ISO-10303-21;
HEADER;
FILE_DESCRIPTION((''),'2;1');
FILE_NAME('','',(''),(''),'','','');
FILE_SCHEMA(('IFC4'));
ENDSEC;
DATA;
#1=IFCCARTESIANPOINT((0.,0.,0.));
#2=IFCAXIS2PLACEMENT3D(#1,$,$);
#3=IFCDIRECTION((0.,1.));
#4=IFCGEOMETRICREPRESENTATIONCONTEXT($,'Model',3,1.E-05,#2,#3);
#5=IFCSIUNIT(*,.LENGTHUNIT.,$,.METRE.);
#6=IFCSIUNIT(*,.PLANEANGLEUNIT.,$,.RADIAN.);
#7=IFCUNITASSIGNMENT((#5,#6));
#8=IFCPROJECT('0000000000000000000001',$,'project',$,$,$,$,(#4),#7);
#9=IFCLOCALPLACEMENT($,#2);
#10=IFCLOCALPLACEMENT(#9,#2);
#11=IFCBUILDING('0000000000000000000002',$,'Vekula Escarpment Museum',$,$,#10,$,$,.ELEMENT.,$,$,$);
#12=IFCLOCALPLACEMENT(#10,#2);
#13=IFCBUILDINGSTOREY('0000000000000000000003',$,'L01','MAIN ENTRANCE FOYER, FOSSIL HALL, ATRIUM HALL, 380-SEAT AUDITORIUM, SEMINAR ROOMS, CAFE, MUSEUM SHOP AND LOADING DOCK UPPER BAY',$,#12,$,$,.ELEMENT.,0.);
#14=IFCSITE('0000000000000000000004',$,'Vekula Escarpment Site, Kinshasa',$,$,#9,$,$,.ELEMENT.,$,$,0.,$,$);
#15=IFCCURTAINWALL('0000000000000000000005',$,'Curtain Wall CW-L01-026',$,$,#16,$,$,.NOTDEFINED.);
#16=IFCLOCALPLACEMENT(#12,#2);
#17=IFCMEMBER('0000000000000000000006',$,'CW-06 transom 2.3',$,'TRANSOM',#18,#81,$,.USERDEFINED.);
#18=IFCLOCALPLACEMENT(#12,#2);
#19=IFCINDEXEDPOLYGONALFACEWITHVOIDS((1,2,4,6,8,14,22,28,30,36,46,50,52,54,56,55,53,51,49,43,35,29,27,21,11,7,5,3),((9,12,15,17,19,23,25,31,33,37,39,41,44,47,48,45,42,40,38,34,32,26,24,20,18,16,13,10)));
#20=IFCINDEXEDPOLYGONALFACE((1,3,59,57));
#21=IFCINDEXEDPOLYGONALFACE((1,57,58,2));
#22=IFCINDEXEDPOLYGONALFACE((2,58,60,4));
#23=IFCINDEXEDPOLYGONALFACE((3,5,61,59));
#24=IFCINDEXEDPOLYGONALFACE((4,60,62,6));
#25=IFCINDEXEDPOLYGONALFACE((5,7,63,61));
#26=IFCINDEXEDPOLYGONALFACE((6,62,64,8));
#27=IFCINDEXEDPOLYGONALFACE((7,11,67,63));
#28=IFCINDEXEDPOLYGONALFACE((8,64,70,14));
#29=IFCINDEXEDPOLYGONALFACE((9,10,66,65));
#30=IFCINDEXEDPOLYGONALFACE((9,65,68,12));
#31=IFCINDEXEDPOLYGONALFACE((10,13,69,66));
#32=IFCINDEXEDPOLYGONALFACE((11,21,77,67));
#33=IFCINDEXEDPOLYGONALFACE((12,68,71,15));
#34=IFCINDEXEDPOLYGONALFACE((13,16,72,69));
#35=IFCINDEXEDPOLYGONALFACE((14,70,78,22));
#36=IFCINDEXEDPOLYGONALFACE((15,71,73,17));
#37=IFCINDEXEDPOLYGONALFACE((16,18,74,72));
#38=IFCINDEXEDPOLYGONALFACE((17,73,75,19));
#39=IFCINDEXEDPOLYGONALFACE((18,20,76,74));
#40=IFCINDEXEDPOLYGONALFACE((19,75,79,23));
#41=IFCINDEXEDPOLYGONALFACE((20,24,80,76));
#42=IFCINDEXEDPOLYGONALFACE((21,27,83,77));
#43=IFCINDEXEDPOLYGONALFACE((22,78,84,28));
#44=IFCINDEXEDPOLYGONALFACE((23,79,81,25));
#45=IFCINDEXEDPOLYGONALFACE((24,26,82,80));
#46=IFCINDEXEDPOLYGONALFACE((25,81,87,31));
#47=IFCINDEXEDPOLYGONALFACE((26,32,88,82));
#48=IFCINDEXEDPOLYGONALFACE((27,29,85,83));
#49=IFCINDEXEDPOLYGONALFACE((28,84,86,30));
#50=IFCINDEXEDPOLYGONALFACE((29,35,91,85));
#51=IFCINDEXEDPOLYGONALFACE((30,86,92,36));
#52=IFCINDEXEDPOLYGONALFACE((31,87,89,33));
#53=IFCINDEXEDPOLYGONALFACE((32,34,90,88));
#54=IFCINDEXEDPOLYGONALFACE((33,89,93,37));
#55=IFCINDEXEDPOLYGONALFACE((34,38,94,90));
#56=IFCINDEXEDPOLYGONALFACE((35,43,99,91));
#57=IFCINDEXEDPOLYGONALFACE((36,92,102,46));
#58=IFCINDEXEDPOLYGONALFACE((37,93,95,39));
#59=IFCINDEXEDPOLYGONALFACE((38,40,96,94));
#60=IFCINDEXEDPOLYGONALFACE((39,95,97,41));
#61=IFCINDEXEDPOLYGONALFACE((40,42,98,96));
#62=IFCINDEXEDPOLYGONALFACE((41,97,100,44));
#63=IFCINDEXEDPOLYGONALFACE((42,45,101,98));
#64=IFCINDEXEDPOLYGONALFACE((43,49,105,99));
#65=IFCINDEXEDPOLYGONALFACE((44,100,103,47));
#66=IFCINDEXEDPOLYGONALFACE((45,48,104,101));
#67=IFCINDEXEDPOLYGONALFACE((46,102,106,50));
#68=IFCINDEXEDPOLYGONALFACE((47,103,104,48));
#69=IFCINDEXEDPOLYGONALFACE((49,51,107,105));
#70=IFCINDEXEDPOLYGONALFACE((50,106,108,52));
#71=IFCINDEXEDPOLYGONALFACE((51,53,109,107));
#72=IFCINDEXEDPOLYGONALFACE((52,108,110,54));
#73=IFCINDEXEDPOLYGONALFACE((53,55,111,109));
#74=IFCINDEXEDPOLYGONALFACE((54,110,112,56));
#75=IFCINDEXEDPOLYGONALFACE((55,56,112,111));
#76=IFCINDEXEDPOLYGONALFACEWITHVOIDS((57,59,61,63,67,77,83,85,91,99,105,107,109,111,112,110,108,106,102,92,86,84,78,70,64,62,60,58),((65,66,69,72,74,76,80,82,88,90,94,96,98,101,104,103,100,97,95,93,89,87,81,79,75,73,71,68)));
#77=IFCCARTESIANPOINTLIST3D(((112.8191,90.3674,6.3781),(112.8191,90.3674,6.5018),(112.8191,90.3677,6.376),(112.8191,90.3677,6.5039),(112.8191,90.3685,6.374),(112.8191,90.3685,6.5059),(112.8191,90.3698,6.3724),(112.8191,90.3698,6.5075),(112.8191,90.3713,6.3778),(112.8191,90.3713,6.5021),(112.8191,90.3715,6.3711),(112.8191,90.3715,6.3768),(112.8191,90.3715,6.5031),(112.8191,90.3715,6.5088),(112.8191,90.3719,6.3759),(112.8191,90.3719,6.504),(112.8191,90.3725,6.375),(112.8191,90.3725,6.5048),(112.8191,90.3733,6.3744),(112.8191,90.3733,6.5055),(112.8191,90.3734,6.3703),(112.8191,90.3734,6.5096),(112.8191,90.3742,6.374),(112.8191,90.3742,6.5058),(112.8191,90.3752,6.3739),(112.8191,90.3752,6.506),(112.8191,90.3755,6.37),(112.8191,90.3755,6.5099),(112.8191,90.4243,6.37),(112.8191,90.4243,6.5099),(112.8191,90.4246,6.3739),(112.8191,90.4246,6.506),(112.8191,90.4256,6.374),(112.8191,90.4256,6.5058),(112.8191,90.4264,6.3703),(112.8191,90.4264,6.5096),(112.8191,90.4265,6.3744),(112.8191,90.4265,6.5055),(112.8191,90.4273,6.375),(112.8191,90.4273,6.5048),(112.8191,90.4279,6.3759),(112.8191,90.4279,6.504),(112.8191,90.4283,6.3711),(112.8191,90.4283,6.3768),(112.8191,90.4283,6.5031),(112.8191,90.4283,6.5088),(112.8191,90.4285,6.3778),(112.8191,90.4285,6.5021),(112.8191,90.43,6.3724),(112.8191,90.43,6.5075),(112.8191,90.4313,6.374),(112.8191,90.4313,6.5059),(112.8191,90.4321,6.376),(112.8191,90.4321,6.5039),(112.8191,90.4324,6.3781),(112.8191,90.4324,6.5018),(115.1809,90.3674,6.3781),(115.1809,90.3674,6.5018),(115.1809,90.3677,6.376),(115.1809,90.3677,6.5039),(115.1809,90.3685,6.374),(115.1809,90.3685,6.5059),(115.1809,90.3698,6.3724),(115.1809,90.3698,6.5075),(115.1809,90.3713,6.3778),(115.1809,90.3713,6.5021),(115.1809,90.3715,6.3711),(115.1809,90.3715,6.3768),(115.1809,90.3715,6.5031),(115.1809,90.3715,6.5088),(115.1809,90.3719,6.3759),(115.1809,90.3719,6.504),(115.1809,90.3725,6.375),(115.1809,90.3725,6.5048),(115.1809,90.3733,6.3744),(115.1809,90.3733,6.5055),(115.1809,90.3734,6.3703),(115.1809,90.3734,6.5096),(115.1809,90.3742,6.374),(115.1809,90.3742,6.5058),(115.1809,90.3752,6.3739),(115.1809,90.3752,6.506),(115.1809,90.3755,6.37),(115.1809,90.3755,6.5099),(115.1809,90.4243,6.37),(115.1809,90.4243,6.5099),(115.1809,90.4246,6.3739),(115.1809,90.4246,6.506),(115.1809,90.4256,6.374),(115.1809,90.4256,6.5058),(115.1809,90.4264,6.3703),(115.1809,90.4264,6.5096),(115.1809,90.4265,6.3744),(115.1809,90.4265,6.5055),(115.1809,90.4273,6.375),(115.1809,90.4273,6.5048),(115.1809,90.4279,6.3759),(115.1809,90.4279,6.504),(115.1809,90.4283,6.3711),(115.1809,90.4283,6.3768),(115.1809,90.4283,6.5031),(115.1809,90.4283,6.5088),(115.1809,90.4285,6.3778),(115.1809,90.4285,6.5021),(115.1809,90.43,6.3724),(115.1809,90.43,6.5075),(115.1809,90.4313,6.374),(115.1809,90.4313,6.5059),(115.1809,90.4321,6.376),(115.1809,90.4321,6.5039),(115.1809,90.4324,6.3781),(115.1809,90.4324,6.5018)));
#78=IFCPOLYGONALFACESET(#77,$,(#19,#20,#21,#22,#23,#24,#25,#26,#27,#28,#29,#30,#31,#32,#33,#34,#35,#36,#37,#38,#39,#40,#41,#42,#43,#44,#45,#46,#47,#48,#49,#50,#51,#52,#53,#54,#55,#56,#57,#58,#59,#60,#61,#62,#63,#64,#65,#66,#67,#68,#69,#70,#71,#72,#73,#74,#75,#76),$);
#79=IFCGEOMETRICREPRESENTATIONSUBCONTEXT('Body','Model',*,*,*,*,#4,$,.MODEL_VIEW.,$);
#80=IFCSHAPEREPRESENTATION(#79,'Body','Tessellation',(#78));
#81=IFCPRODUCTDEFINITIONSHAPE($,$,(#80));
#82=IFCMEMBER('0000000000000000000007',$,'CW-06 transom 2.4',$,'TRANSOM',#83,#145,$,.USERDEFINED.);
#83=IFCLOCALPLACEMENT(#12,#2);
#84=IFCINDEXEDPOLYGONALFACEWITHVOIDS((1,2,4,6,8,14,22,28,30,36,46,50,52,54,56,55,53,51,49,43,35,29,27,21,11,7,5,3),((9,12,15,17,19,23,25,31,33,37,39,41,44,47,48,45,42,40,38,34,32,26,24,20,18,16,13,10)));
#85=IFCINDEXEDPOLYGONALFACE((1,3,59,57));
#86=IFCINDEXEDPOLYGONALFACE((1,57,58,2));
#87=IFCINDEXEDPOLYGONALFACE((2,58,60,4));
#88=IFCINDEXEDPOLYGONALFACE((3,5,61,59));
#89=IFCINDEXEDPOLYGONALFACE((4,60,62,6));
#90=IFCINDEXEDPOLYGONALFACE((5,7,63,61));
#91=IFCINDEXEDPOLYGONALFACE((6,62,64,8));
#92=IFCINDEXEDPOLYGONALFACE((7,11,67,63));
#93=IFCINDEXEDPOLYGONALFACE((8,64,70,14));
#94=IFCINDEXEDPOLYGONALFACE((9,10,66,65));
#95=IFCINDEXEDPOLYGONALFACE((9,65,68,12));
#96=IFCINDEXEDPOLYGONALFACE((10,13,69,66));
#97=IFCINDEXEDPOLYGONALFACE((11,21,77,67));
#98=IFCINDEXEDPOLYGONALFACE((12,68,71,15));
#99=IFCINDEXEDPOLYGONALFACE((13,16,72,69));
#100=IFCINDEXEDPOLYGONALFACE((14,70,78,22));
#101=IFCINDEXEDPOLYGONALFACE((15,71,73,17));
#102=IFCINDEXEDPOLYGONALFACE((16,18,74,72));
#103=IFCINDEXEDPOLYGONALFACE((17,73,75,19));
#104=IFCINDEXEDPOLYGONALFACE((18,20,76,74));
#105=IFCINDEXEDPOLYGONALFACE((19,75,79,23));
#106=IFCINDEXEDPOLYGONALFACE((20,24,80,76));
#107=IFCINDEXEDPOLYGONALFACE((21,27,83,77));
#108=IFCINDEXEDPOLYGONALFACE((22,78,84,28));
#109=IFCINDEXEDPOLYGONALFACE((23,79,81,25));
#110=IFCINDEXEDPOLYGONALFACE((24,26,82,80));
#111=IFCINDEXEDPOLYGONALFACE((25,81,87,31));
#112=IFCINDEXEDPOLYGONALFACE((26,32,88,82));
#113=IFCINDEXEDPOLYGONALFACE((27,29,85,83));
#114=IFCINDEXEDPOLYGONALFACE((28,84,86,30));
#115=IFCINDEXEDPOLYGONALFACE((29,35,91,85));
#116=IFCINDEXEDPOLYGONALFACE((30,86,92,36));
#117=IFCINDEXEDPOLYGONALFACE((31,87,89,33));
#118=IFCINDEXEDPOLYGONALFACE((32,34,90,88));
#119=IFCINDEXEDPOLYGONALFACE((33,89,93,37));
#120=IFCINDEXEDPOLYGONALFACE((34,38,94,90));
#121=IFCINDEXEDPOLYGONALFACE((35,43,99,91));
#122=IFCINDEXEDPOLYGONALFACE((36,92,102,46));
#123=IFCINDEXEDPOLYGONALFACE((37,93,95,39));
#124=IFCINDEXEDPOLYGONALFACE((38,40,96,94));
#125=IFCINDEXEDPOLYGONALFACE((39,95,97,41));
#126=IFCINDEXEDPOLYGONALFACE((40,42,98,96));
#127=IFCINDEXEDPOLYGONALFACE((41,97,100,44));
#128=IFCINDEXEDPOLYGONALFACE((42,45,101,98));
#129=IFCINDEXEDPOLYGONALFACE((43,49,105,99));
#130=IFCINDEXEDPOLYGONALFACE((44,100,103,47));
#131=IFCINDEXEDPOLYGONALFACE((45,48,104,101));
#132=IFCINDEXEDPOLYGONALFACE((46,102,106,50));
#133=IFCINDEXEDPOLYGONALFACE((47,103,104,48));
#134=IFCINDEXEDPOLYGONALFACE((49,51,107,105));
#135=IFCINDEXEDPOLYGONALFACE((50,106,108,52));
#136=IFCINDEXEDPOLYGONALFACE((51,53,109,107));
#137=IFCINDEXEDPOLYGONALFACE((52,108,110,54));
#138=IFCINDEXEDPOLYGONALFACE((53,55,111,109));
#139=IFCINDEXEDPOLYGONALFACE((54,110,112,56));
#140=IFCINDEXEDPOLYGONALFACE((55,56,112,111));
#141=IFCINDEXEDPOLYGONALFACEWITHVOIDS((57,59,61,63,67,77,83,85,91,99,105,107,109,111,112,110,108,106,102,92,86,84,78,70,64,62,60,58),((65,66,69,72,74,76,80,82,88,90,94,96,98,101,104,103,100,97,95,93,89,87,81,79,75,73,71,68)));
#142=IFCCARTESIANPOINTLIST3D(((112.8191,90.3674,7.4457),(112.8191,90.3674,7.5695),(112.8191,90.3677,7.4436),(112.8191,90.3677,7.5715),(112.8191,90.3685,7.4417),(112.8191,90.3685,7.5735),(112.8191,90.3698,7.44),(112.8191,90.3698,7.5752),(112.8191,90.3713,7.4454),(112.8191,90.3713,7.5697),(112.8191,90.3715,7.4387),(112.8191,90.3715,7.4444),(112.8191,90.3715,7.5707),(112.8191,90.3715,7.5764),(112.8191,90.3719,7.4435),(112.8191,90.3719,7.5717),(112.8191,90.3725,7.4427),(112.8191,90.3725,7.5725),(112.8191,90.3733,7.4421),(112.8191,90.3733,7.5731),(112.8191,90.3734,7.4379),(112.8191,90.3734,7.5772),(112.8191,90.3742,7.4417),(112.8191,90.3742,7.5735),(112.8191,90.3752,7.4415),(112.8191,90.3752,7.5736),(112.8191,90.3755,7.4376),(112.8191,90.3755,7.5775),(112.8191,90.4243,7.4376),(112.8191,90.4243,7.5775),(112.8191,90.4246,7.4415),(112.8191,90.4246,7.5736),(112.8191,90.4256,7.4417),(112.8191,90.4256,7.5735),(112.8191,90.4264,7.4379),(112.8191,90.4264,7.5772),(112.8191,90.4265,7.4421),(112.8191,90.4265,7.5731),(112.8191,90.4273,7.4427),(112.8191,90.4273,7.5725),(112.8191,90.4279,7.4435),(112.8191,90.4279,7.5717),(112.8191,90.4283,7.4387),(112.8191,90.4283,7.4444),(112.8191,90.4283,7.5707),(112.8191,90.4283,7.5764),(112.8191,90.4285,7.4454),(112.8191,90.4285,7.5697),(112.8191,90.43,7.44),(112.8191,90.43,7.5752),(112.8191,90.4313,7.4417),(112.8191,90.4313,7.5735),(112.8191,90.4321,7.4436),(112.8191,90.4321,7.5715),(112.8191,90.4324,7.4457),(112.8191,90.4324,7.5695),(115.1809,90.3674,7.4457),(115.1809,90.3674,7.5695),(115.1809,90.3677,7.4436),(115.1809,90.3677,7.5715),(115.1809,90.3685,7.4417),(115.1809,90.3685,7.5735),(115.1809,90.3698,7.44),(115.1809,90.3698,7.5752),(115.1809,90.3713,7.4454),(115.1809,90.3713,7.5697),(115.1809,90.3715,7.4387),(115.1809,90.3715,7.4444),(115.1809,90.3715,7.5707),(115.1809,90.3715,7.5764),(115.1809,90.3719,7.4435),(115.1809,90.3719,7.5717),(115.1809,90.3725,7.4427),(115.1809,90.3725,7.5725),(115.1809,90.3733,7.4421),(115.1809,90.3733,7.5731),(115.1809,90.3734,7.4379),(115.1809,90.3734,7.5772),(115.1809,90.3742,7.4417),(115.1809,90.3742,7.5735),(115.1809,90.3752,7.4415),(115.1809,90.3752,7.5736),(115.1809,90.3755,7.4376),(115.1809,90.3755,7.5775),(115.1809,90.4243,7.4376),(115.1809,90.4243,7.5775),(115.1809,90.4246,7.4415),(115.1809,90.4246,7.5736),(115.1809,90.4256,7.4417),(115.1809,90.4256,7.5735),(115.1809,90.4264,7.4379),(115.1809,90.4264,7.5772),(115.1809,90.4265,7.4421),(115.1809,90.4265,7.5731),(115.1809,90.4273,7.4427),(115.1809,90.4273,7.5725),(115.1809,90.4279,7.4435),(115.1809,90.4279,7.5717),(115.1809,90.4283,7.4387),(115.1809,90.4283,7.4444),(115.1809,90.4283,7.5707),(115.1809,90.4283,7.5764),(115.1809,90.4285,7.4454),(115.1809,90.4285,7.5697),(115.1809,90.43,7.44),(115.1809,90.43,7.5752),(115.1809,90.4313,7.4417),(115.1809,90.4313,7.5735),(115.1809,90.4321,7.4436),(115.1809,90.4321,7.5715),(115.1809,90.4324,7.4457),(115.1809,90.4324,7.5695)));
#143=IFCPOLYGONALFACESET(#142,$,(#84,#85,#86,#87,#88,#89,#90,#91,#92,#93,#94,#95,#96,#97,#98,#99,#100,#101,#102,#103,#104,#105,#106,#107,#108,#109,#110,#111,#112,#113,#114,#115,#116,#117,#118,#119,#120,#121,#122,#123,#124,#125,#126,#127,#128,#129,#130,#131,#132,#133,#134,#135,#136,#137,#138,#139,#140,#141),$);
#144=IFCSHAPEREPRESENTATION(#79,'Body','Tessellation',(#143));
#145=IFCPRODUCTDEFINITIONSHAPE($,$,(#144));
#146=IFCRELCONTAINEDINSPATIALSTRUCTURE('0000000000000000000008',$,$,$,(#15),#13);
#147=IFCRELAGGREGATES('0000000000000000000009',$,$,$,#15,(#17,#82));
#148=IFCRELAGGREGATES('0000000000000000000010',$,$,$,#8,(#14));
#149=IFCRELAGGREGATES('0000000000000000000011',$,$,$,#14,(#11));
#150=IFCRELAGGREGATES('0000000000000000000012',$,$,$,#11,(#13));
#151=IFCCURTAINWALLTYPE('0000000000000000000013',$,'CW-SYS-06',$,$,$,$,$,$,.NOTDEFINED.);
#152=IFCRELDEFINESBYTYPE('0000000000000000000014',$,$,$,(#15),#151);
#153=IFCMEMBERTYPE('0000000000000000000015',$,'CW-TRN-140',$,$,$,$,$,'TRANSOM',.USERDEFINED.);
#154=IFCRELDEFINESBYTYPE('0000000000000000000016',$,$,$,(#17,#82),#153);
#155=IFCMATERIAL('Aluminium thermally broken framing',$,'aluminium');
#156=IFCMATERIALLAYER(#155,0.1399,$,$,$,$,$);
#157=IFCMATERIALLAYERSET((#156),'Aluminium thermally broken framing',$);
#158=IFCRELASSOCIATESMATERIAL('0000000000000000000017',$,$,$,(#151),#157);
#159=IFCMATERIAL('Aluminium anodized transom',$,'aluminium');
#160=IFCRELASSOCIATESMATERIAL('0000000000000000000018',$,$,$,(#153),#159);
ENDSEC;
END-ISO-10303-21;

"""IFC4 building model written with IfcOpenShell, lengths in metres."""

from ifc_helpers import new_model, si_unit, direction, frame, origin, origin_2d, place, context, subcontext, project, spatial, hollow_rectangle, extrude, material, layer, layer_set, material_profile, profile_set, type_object, element, aggregate, save


model = new_model("IFC4")

# Units and contexts
model_context = context("Model", 3, precision=1e-05, world=origin(), true_north=direction((0.0, 1.0)))
body_context = subcontext(model_context, "Body", "Model", "MODEL_VIEW")
ifc_project = project(units=[si_unit("LENGTHUNIT", "METRE"), si_unit("PLANEANGLEUNIT", "RADIAN")], contexts=[model_context])

# Site, building, storey
site_placement = place(None, origin())
site = spatial("IfcSite", under=ifc_project, at=site_placement, Name="Vekula Escarpment Site, Kinshasa", CompositionType="ELEMENT", RefElevation=0.0)
building_placement = place(site_placement, origin())
building = spatial("IfcBuilding", under=site, at=building_placement, Name="Vekula Escarpment Museum", CompositionType="ELEMENT")
storey_placement = place(building_placement, origin())
storey = spatial("IfcBuildingStorey", under=building, at=storey_placement, Name="L01", Description="MAIN ENTRANCE FOYER, FOSSIL HALL, ATRIUM HALL, 380-SEAT AUDITORIUM, SEMINAR ROOMS, CAFE, MUSEUM SHOP AND LOADING DOCK UPPER BAY", CompositionType="ELEMENT", Elevation=0.0)

# Curtain wall, members
ifc_material_1 = material(Name="Aluminium thermally broken framing", Category="aluminium")
ifc_layer_1 = layer(ifc_material_1, 0.1399)
ifc_layer_set_1 = layer_set([ifc_layer_1], Name="Aluminium thermally broken framing")
curtain_wall_type = type_object("IfcCurtainWallType", Name="CW-SYS-06", PredefinedType="NOTDEFINED", material=ifc_layer_set_1)
curtain_wall_placement = place(storey_placement, origin())
curtain_wall = element("IfcCurtainWall", 1, at=curtain_wall_placement, inside=storey, type_object=curtain_wall_type, Name="Curtain Wall CW-L01-026", PredefinedType="NOTDEFINED")
ifc_material_2 = material(Name="Aluminium anodized transom", Category="aluminium")
ifc_material_profile_1 = material_profile(ifc_material_2, hollow_rectangle(XDim=0.0649, YDim=0.1399, WallThickness=0.0039, InnerFilletRadius=0.0039, OuterFilletRadius=0.0081, at=origin_2d()), Name="ALU 140x65x4")
ifc_profile_set_1 = profile_set([ifc_material_profile_1], Name="Aluminium anodized transom")
member_type_1 = type_object("IfcMemberType", Name="CW-TRN-140", ElementType="TRANSOM", PredefinedType="USERDEFINED", material=ifc_profile_set_1)
member_1_placement = place(storey_placement, frame((115.1809, 90.3999, 6.4399), z_axis=(-1.0, 0.0, 0.0), x_axis=(0.0, -1.0, 0.0)))
member_1 = element("IfcMember", 2, at=member_1_placement, type_object=member_type_1, Name="CW-06 transom 2.3", ObjectType="TRANSOM", PredefinedType="USERDEFINED", context=body_context, shape_type="SweptSolid", body=[
    extrude(hollow_rectangle(XDim=0.0649, YDim=0.1399, WallThickness=0.0039, InnerFilletRadius=0.0039, OuterFilletRadius=0.0081, at=origin_2d()), origin(), (0.0, 0.0, 1.0), 2.3618),
])
member_2_placement = place(storey_placement, frame((115.1809, 90.3999, 7.5076), z_axis=(-1.0, 0.0, 0.0), x_axis=(0.0, -1.0, 0.0)))
member_2 = element("IfcMember", 3, at=member_2_placement, type_object=member_type_1, Name="CW-06 transom 2.4", ObjectType="TRANSOM", PredefinedType="USERDEFINED", context=body_context, shape_type="SweptSolid", body=[
    extrude(hollow_rectangle(XDim=0.0649, YDim=0.1399, WallThickness=0.0039, InnerFilletRadius=0.0039, OuterFilletRadius=0.0081, at=origin_2d()), origin(), (0.0, 0.0, 1.0), 2.3618),
])
aggregate(curtain_wall, [member_1, member_2])

save(model, "model.ifc")
